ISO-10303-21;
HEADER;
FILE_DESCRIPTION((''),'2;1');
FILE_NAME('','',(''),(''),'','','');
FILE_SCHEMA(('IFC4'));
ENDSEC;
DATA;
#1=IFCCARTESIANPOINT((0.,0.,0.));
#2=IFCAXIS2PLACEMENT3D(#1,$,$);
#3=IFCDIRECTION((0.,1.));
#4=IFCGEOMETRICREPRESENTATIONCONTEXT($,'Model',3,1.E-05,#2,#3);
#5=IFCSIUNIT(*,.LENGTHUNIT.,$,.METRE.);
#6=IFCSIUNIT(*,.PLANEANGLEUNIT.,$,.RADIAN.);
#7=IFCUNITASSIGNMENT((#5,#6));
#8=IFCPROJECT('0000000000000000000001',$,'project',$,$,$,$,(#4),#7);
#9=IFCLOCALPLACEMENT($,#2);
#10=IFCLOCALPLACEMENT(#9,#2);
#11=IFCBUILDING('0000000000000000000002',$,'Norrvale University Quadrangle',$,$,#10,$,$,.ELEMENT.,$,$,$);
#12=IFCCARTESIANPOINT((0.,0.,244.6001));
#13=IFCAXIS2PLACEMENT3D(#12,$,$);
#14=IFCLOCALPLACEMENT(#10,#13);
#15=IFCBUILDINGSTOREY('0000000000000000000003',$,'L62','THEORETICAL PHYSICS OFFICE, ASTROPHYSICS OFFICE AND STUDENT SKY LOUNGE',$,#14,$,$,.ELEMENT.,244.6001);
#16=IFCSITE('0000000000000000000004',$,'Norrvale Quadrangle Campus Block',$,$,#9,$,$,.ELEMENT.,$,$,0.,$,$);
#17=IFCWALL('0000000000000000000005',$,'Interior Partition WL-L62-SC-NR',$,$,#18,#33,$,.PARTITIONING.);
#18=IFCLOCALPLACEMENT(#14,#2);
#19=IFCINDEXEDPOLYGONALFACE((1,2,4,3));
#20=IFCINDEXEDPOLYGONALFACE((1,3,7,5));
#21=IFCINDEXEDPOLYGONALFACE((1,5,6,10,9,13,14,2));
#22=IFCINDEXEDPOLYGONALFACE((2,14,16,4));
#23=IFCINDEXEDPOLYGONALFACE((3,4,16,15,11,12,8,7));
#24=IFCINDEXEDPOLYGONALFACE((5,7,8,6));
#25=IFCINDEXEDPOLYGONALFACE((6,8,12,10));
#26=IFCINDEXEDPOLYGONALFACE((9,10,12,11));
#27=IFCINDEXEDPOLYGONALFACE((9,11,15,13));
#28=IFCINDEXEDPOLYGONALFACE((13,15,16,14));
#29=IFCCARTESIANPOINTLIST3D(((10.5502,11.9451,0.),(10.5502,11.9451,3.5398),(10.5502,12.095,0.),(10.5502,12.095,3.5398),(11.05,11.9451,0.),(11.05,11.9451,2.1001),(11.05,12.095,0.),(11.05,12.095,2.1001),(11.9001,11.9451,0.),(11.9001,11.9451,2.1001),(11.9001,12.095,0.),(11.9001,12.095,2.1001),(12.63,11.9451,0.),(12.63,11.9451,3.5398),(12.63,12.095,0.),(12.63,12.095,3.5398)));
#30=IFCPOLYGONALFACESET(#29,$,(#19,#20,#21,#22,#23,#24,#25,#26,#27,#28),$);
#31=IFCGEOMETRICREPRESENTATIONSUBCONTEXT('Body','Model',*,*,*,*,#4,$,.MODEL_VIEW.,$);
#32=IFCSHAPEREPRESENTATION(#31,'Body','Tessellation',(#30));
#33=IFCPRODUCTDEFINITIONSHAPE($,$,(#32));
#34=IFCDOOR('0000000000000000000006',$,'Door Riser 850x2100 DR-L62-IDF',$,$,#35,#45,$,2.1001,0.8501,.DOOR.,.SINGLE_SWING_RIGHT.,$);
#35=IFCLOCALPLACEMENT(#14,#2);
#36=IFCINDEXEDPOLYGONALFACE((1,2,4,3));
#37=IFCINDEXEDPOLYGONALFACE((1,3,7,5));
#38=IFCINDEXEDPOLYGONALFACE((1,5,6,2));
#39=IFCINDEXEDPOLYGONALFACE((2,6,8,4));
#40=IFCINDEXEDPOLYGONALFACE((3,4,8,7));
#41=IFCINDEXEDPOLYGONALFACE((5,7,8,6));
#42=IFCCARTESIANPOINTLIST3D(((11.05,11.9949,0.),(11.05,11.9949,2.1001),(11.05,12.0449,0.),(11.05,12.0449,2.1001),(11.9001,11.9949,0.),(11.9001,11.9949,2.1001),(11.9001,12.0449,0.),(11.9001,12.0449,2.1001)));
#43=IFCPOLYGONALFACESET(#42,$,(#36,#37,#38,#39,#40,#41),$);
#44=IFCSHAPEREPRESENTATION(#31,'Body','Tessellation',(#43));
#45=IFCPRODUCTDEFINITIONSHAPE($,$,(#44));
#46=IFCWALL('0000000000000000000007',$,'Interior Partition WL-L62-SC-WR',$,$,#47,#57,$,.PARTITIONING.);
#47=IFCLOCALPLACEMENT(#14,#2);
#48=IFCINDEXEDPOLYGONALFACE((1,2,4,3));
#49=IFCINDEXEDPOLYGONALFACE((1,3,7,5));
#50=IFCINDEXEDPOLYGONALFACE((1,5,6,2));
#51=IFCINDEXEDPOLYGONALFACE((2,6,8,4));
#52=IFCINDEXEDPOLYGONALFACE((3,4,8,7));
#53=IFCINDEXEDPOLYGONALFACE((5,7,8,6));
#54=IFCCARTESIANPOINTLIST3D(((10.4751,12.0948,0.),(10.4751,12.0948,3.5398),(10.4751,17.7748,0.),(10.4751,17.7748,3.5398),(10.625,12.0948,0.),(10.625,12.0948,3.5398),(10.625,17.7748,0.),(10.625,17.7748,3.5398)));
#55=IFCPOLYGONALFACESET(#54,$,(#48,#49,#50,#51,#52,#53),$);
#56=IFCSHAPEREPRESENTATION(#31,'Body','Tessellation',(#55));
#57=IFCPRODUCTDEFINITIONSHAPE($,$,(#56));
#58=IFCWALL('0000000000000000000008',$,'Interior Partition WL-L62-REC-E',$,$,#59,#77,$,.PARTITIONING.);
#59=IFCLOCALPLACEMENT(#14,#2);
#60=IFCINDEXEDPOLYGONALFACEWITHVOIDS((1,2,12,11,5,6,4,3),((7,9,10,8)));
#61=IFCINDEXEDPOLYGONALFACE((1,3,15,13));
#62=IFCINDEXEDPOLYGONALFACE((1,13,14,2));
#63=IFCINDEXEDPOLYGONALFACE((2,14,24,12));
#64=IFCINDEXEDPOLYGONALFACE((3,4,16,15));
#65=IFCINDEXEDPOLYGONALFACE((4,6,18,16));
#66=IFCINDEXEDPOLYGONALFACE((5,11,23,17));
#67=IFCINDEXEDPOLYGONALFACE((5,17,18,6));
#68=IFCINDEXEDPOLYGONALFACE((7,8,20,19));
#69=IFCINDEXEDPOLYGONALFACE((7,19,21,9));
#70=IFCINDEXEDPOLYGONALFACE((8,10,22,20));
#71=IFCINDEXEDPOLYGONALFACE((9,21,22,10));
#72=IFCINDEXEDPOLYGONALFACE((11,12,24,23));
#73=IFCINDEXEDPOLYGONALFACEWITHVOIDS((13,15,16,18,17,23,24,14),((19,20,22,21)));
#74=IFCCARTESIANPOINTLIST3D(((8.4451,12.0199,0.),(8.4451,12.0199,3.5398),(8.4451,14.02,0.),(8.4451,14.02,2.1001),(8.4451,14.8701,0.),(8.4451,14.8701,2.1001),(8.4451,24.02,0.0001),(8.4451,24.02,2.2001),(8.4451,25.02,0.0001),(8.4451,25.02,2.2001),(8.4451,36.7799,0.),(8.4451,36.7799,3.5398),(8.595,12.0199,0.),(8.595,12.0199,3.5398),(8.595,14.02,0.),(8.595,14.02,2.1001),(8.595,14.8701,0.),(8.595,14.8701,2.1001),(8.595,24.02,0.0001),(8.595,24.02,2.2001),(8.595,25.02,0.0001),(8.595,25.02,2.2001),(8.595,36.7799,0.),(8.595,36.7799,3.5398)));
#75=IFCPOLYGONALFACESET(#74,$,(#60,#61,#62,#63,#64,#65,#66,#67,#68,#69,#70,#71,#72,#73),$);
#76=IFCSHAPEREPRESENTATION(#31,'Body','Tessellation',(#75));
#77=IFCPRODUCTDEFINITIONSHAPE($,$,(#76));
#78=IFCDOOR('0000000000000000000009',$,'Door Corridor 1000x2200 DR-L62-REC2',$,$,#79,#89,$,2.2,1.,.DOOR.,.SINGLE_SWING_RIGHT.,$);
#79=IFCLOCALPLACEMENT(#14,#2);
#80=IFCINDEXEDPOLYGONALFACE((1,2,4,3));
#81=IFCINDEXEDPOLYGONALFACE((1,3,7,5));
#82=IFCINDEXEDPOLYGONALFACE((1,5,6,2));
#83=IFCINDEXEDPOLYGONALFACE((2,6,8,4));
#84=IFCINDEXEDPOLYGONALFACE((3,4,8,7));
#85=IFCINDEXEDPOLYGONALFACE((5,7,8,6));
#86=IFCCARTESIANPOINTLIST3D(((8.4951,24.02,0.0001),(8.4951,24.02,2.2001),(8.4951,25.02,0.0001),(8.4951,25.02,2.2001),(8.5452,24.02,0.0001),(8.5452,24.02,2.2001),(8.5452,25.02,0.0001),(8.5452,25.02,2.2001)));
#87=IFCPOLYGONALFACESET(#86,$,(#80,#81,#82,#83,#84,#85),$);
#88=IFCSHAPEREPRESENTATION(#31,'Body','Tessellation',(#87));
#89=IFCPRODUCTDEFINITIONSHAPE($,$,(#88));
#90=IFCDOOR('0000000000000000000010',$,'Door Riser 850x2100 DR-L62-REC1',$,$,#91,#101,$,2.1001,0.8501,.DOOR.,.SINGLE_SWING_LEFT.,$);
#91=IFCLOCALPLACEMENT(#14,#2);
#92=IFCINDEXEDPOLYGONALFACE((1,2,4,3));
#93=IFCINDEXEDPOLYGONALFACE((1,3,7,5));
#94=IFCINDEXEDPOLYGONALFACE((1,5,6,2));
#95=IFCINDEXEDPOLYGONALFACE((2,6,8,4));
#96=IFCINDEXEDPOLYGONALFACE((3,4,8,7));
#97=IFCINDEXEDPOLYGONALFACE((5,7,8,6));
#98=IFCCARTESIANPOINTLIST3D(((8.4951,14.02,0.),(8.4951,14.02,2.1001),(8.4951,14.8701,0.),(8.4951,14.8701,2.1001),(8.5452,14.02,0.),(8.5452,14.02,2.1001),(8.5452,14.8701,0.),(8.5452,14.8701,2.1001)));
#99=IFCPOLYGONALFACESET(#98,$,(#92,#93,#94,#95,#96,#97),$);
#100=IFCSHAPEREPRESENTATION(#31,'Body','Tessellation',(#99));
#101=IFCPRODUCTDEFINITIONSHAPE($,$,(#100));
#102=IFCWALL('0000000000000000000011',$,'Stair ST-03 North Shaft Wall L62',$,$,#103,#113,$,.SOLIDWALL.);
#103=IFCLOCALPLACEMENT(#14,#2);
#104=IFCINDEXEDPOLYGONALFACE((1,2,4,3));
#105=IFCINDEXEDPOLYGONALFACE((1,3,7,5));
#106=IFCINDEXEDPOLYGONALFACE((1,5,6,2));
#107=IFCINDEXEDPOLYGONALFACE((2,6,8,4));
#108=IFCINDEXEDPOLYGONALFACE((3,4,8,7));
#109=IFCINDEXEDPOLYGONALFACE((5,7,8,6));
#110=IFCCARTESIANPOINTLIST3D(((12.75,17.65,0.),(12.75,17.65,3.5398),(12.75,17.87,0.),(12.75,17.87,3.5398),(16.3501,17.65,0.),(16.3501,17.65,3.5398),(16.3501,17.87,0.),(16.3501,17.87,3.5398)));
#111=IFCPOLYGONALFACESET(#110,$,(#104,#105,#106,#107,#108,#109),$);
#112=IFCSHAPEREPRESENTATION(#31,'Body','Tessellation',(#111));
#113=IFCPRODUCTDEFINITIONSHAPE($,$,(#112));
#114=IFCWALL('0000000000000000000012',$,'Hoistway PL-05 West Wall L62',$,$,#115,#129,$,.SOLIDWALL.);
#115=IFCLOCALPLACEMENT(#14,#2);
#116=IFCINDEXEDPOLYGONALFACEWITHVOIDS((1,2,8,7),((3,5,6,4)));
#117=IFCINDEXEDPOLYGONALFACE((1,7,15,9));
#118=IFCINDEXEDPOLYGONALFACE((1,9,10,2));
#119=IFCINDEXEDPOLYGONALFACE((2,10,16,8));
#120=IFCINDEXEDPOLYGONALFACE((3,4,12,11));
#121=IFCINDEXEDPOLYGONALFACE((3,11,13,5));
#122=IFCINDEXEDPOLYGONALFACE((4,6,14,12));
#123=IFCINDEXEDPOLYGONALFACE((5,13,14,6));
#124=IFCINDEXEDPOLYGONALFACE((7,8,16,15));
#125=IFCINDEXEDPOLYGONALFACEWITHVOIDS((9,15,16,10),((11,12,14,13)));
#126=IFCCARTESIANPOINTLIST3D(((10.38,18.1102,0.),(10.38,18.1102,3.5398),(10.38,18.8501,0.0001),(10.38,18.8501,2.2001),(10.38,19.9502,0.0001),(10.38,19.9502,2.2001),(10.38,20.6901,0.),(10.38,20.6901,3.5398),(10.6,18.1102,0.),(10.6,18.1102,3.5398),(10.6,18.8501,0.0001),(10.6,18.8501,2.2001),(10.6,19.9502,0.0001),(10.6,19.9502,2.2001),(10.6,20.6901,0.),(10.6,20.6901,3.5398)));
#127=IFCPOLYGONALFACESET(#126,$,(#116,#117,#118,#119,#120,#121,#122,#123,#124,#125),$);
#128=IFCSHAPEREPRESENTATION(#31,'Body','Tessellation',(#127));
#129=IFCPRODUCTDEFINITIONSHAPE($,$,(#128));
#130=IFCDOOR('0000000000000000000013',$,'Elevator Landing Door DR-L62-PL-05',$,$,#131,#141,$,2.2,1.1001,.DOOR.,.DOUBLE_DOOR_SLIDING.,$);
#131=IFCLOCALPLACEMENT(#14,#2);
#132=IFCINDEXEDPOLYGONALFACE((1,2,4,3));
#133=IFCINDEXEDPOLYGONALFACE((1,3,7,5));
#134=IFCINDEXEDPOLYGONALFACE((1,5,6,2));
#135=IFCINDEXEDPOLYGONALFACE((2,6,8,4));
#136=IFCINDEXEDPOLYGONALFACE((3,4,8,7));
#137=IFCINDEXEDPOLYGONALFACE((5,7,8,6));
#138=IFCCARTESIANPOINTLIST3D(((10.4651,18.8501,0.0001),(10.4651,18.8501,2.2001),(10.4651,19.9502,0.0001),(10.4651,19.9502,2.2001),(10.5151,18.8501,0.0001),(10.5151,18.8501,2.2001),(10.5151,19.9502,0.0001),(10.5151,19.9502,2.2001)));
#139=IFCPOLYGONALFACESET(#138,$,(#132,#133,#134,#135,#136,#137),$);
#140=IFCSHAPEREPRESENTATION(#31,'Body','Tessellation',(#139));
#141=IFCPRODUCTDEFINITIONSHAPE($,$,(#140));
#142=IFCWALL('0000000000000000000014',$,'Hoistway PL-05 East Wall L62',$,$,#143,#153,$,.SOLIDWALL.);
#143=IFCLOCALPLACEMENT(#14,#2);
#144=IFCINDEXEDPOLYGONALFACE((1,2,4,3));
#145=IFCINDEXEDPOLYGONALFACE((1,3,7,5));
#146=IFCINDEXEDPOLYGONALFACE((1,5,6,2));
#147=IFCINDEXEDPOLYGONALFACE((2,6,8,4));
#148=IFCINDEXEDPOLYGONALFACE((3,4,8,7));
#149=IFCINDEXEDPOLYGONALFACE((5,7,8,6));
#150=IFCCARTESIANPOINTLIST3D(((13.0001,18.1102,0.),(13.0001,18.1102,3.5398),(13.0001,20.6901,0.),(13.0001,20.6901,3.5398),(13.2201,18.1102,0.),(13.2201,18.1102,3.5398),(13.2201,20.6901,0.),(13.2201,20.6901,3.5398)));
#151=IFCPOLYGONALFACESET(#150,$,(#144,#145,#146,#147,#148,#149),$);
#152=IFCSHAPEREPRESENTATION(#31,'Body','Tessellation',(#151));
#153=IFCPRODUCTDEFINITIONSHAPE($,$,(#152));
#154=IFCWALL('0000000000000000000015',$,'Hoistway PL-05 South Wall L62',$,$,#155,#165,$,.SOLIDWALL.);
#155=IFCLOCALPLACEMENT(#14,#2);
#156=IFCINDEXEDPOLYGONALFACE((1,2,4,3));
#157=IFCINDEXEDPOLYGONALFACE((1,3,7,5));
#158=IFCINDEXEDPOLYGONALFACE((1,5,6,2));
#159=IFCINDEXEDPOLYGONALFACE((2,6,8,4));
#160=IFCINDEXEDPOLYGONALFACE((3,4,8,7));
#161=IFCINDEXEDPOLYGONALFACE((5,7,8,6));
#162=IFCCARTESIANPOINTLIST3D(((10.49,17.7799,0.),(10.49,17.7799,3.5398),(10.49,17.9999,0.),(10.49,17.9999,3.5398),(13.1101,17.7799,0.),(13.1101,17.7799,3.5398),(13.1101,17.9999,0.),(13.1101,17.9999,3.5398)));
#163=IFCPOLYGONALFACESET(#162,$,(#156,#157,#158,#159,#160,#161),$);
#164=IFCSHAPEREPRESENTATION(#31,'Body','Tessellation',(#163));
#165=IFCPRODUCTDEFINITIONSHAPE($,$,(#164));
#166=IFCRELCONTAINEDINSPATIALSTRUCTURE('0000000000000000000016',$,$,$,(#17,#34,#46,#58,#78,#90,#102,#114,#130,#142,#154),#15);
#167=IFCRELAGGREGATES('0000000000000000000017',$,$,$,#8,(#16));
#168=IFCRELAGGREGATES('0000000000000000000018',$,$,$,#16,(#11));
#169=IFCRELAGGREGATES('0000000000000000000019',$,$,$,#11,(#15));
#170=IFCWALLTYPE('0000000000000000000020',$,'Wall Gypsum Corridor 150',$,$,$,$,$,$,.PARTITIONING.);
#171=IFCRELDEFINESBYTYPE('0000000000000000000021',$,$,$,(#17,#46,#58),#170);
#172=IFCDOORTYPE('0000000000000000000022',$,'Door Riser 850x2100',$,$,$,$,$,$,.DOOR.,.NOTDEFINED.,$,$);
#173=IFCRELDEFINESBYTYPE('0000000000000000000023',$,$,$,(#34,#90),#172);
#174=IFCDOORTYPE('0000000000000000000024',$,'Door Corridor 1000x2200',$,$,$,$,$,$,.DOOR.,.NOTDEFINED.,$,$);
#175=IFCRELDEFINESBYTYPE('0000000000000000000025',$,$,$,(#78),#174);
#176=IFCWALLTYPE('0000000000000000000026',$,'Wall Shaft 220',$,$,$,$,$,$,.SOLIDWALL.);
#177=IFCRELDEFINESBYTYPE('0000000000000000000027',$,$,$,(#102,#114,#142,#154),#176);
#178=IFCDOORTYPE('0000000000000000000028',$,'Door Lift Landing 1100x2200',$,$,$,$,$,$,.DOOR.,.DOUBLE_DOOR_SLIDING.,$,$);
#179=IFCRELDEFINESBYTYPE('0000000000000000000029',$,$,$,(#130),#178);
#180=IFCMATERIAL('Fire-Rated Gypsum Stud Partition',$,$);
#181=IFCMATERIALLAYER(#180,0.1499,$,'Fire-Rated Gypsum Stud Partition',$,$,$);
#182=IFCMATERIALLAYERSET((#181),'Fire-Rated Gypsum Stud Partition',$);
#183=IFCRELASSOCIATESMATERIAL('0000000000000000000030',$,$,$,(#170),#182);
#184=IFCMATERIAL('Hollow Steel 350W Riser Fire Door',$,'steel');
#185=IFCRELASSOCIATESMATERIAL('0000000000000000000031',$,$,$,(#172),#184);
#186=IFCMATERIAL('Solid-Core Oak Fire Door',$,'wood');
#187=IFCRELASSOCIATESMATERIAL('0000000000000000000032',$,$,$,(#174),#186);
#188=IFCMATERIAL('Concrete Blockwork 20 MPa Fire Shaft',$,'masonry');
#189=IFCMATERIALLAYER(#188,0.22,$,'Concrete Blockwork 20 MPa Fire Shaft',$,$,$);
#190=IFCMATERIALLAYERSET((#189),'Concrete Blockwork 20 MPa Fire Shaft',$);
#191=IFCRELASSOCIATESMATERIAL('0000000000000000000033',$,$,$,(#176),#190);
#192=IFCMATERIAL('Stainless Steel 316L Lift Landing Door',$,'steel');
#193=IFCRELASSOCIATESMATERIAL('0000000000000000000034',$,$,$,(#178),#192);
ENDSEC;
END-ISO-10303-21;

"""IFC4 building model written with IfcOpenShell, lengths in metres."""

from ifc_helpers import new_model, si_unit, direction, frame, frame_2d, origin, place, context, subcontext, project, spatial, rectangle, extrude, material, layer, layer_set, type_object, element, fill, save


model = new_model("IFC4")

# Units and contexts
model_context = context("Model", 3, precision=1e-05, world=origin(), true_north=direction((0.0, 1.0)))
body_context = subcontext(model_context, "Body", "Model", "MODEL_VIEW")
ifc_project = project(units=[si_unit("LENGTHUNIT", "METRE"), si_unit("PLANEANGLEUNIT", "RADIAN")], contexts=[model_context])

# Site, building, storey
site_placement = place(None, origin())
site = spatial("IfcSite", under=ifc_project, at=site_placement, Name="Norrvale Quadrangle Campus Block", CompositionType="ELEMENT", RefElevation=0.0)
building_placement = place(site_placement, origin())
building = spatial("IfcBuilding", under=site, at=building_placement, Name="Norrvale University Quadrangle", CompositionType="ELEMENT")
storey_placement = place(building_placement, frame((0.0, 0.0, 244.6001)))
storey = spatial("IfcBuildingStorey", under=building, at=storey_placement, Name="L62", Description="THEORETICAL PHYSICS OFFICE, ASTROPHYSICS OFFICE AND STUDENT SKY LOUNGE", CompositionType="ELEMENT", Elevation=244.6001)

# Wall, opening, door
ifc_material_1 = material(Name="Fire-Rated Gypsum Stud Partition")
ifc_layer_1 = layer(ifc_material_1, 0.1499, Name="Fire-Rated Gypsum Stud Partition")
ifc_layer_set_1 = layer_set([ifc_layer_1], Name="Fire-Rated Gypsum Stud Partition")
wall_type_1 = type_object("IfcWallType", Name="Wall Gypsum Corridor 150", PredefinedType="PARTITIONING", material=ifc_layer_set_1)
wall_1_placement = place(storey_placement, frame((10.55, 12.02, 0.0), z_axis=(0.0, 0.0, 1.0), x_axis=(1.0, 0.0, 0.0)))
wall_1 = element("IfcWall", 1, at=wall_1_placement, inside=storey, type_object=wall_type_1, Name="Interior Partition WL-L62-SC-NR", PredefinedType="PARTITIONING", context=body_context, shape_type="SweptSolid", body=[
    extrude(rectangle(XDim=2.0798, YDim=0.1499, at=frame_2d((1.04, 0.0))), origin(), (0.0, 0.0, 1.0), 3.5398),
])
opening_1_placement = place(wall_1_placement, frame((0.5, 0.0, 0.0)))
opening_1 = element("IfcOpeningElement", 2, at=opening_1_placement, cuts=wall_1, PredefinedType="OPENING", context=body_context, shape_type="SweptSolid", body=[
    extrude(rectangle(XDim=0.8501, YDim=2.1001, at=frame_2d((0.425, 1.05))), frame((0.0, 0.0869, 0.0), z_axis=(0.0, -1.0, 0.0), x_axis=(1.0, 0.0, 0.0)), (0.0, 0.0, 1.0), 0.1738),
])
ifc_material_2 = material(Name="Hollow Steel 350W Riser Fire Door", Category="steel")
door_type_1 = type_object("IfcDoorType", Name="Door Riser 850x2100", OperationType="NOTDEFINED", PredefinedType="DOOR", material=ifc_material_2)
door_1_placement = place(opening_1_placement, origin())
door_1 = element("IfcDoor", 3, at=door_1_placement, inside=storey, type_object=door_type_1, Name="Door Riser 850x2100 DR-L62-IDF", OperationType="SINGLE_SWING_RIGHT", OverallHeight=2.1001, OverallWidth=0.8501, PredefinedType="DOOR", context=body_context, shape_type="SweptSolid", body=[
    extrude(rectangle(XDim=0.8501, YDim=2.1001, at=frame_2d((0.425, 1.05))), frame((0.0, 0.0249, 0.0), z_axis=(0.0, -1.0, 0.0), x_axis=(1.0, 0.0, 0.0)), (0.0, 0.0, 1.0), 0.05),
])
fill(opening_1, door_1)

# Wall
wall_2_placement = place(storey_placement, frame((10.55, 12.095, 0.0), z_axis=(0.0, 0.0, 1.0), x_axis=(0.0, 1.0, 0.0)))
element("IfcWall", 4, at=wall_2_placement, inside=storey, type_object=wall_type_1, Name="Interior Partition WL-L62-SC-WR", PredefinedType="PARTITIONING", context=body_context, shape_type="SweptSolid", body=[
    extrude(rectangle(XDim=5.6799, YDim=0.1499, at=frame_2d((2.8398, 0.0))), origin(), (0.0, 0.0, 1.0), 3.5398),
])

# Wall, openings, doors
wall_3_placement = place(storey_placement, frame((8.52, 12.02, 0.0), z_axis=(0.0, 0.0, 1.0), x_axis=(0.0, 1.0, 0.0)))
wall_3 = element("IfcWall", 5, at=wall_3_placement, inside=storey, type_object=wall_type_1, Name="Interior Partition WL-L62-REC-E", PredefinedType="PARTITIONING", context=body_context, shape_type="SweptSolid", body=[
    extrude(rectangle(XDim=24.76, YDim=0.1499, at=frame_2d((12.3799, 0.0))), origin(), (0.0, 0.0, 1.0), 3.5398),
])
opening_2_placement = place(wall_3_placement, frame((2.0, 0.0, 0.0)))
opening_2 = element("IfcOpeningElement", 6, at=opening_2_placement, cuts=wall_3, PredefinedType="OPENING", context=body_context, shape_type="SweptSolid", body=[
    extrude(rectangle(XDim=0.8501, YDim=2.1001, at=frame_2d((0.425, 1.05))), frame((0.0, 0.0869, 0.0), z_axis=(0.0, -1.0, 0.0), x_axis=(1.0, 0.0, 0.0)), (0.0, 0.0, 1.0), 0.1738),
])
opening_3_placement = place(wall_3_placement, frame((12.0, 0.0, 0.0)))
opening_3 = element("IfcOpeningElement", 7, at=opening_3_placement, cuts=wall_3, PredefinedType="OPENING", context=body_context, shape_type="SweptSolid", body=[
    extrude(rectangle(XDim=1.0, YDim=2.2, at=frame_2d((0.5, 1.1001))), frame((0.0, 0.0869, 0.0), z_axis=(0.0, -1.0, 0.0), x_axis=(1.0, 0.0, 0.0)), (0.0, 0.0, 1.0), 0.1738),
])
ifc_material_3 = material(Name="Solid-Core Oak Fire Door", Category="wood")
door_type_2 = type_object("IfcDoorType", Name="Door Corridor 1000x2200", OperationType="NOTDEFINED", PredefinedType="DOOR", material=ifc_material_3)
door_2_placement = place(opening_3_placement, origin())
door_2 = element("IfcDoor", 8, at=door_2_placement, inside=storey, type_object=door_type_2, Name="Door Corridor 1000x2200 DR-L62-REC2", OperationType="SINGLE_SWING_RIGHT", OverallHeight=2.2, OverallWidth=1.0, PredefinedType="DOOR", context=body_context, shape_type="SweptSolid", body=[
    extrude(rectangle(XDim=1.0, YDim=2.2, at=frame_2d((0.5, 1.1001))), frame((0.0, 0.0249, 0.0), z_axis=(0.0, -1.0, 0.0), x_axis=(1.0, 0.0, 0.0)), (0.0, 0.0, 1.0), 0.05),
])
fill(opening_3, door_2)
door_3_placement = place(opening_2_placement, origin())
door_3 = element("IfcDoor", 9, at=door_3_placement, inside=storey, type_object=door_type_1, Name="Door Riser 850x2100 DR-L62-REC1", OperationType="SINGLE_SWING_LEFT", OverallHeight=2.1001, OverallWidth=0.8501, PredefinedType="DOOR", context=body_context, shape_type="SweptSolid", body=[
    extrude(rectangle(XDim=0.8501, YDim=2.1001, at=frame_2d((0.425, 1.05))), frame((0.0, 0.0249, 0.0), z_axis=(0.0, -1.0, 0.0), x_axis=(1.0, 0.0, 0.0)), (0.0, 0.0, 1.0), 0.05),
])
fill(opening_2, door_3)

# Wall
ifc_material_4 = material(Name="Concrete Blockwork 20 MPa Fire Shaft", Category="masonry")
ifc_layer_2 = layer(ifc_material_4, 0.22, Name="Concrete Blockwork 20 MPa Fire Shaft")
ifc_layer_set_2 = layer_set([ifc_layer_2], Name="Concrete Blockwork 20 MPa Fire Shaft")
wall_type_2 = type_object("IfcWallType", Name="Wall Shaft 220", PredefinedType="SOLIDWALL", material=ifc_layer_set_2)
wall_4_placement = place(storey_placement, frame((12.75, 17.76, 0.0), z_axis=(0.0, 0.0, 1.0), x_axis=(1.0, 0.0, 0.0)))
element("IfcWall", 10, at=wall_4_placement, inside=storey, type_object=wall_type_2, Name="Stair ST-03 North Shaft Wall L62", PredefinedType="SOLIDWALL", context=body_context, shape_type="SweptSolid", body=[
    extrude(rectangle(XDim=3.6001, YDim=0.22, at=frame_2d((1.8, 0.0))), origin(), (0.0, 0.0, 1.0), 3.5398),
])

# Wall, opening, door
wall_5_placement = place(storey_placement, frame((10.49, 18.1101, 0.0), z_axis=(0.0, 0.0, 1.0), x_axis=(0.0, 1.0, 0.0)))
wall_5 = element("IfcWall", 11, at=wall_5_placement, inside=storey, type_object=wall_type_2, Name="Hoistway PL-05 West Wall L62", PredefinedType="SOLIDWALL", context=body_context, shape_type="SweptSolid", body=[
    extrude(rectangle(XDim=2.5798, YDim=0.22, at=frame_2d((1.29, 0.0))), origin(), (0.0, 0.0, 1.0), 3.5398),
])
opening_4_placement = place(wall_5_placement, frame((0.74, 0.0, 0.0)))
opening_4 = element("IfcOpeningElement", 12, at=opening_4_placement, cuts=wall_5, PredefinedType="OPENING", context=body_context, shape_type="SweptSolid", body=[
    extrude(rectangle(XDim=1.1001, YDim=2.2, at=frame_2d((0.55, 1.1001))), frame((0.0, 0.1221, 0.0), z_axis=(0.0, -1.0, 0.0), x_axis=(1.0, 0.0, 0.0)), (0.0, 0.0, 1.0), 0.2439),
])
ifc_material_5 = material(Name="Stainless Steel 316L Lift Landing Door", Category="steel")
door_type_3 = type_object("IfcDoorType", Name="Door Lift Landing 1100x2200", OperationType="DOUBLE_DOOR_SLIDING", PredefinedType="DOOR", material=ifc_material_5)
door_4_placement = place(opening_4_placement, origin())
door_4 = element("IfcDoor", 13, at=door_4_placement, inside=storey, type_object=door_type_3, Name="Elevator Landing Door DR-L62-PL-05", OperationType="DOUBLE_DOOR_SLIDING", OverallHeight=2.2, OverallWidth=1.1001, PredefinedType="DOOR", context=body_context, shape_type="SweptSolid", body=[
    extrude(rectangle(XDim=1.1001, YDim=2.2, at=frame_2d((0.55, 1.1001))), frame((0.0, 0.0249, 0.0), z_axis=(0.0, -1.0, 0.0), x_axis=(1.0, 0.0, 0.0)), (0.0, 0.0, 1.0), 0.05),
])
fill(opening_4, door_4)

# Walls
wall_6_placement = place(storey_placement, frame((13.1101, 18.1101, 0.0), z_axis=(0.0, 0.0, 1.0), x_axis=(0.0, 1.0, 0.0)))
element("IfcWall", 14, at=wall_6_placement, inside=storey, type_object=wall_type_2, Name="Hoistway PL-05 East Wall L62", PredefinedType="SOLIDWALL", context=body_context, shape_type="SweptSolid", body=[
    extrude(rectangle(XDim=2.5798, YDim=0.22, at=frame_2d((1.29, 0.0))), origin(), (0.0, 0.0, 1.0), 3.5398),
])
wall_7_placement = place(storey_placement, frame((10.49, 17.8899, 0.0), z_axis=(0.0, 0.0, 1.0), x_axis=(1.0, 0.0, 0.0)))
element("IfcWall", 15, at=wall_7_placement, inside=storey, type_object=wall_type_2, Name="Hoistway PL-05 South Wall L62", PredefinedType="SOLIDWALL", context=body_context, shape_type="SweptSolid", body=[
    extrude(rectangle(XDim=2.6201, YDim=0.22, at=frame_2d((1.3101, 0.0))), origin(), (0.0, 0.0, 1.0), 3.5398),
])

save(model, "model.ifc")
